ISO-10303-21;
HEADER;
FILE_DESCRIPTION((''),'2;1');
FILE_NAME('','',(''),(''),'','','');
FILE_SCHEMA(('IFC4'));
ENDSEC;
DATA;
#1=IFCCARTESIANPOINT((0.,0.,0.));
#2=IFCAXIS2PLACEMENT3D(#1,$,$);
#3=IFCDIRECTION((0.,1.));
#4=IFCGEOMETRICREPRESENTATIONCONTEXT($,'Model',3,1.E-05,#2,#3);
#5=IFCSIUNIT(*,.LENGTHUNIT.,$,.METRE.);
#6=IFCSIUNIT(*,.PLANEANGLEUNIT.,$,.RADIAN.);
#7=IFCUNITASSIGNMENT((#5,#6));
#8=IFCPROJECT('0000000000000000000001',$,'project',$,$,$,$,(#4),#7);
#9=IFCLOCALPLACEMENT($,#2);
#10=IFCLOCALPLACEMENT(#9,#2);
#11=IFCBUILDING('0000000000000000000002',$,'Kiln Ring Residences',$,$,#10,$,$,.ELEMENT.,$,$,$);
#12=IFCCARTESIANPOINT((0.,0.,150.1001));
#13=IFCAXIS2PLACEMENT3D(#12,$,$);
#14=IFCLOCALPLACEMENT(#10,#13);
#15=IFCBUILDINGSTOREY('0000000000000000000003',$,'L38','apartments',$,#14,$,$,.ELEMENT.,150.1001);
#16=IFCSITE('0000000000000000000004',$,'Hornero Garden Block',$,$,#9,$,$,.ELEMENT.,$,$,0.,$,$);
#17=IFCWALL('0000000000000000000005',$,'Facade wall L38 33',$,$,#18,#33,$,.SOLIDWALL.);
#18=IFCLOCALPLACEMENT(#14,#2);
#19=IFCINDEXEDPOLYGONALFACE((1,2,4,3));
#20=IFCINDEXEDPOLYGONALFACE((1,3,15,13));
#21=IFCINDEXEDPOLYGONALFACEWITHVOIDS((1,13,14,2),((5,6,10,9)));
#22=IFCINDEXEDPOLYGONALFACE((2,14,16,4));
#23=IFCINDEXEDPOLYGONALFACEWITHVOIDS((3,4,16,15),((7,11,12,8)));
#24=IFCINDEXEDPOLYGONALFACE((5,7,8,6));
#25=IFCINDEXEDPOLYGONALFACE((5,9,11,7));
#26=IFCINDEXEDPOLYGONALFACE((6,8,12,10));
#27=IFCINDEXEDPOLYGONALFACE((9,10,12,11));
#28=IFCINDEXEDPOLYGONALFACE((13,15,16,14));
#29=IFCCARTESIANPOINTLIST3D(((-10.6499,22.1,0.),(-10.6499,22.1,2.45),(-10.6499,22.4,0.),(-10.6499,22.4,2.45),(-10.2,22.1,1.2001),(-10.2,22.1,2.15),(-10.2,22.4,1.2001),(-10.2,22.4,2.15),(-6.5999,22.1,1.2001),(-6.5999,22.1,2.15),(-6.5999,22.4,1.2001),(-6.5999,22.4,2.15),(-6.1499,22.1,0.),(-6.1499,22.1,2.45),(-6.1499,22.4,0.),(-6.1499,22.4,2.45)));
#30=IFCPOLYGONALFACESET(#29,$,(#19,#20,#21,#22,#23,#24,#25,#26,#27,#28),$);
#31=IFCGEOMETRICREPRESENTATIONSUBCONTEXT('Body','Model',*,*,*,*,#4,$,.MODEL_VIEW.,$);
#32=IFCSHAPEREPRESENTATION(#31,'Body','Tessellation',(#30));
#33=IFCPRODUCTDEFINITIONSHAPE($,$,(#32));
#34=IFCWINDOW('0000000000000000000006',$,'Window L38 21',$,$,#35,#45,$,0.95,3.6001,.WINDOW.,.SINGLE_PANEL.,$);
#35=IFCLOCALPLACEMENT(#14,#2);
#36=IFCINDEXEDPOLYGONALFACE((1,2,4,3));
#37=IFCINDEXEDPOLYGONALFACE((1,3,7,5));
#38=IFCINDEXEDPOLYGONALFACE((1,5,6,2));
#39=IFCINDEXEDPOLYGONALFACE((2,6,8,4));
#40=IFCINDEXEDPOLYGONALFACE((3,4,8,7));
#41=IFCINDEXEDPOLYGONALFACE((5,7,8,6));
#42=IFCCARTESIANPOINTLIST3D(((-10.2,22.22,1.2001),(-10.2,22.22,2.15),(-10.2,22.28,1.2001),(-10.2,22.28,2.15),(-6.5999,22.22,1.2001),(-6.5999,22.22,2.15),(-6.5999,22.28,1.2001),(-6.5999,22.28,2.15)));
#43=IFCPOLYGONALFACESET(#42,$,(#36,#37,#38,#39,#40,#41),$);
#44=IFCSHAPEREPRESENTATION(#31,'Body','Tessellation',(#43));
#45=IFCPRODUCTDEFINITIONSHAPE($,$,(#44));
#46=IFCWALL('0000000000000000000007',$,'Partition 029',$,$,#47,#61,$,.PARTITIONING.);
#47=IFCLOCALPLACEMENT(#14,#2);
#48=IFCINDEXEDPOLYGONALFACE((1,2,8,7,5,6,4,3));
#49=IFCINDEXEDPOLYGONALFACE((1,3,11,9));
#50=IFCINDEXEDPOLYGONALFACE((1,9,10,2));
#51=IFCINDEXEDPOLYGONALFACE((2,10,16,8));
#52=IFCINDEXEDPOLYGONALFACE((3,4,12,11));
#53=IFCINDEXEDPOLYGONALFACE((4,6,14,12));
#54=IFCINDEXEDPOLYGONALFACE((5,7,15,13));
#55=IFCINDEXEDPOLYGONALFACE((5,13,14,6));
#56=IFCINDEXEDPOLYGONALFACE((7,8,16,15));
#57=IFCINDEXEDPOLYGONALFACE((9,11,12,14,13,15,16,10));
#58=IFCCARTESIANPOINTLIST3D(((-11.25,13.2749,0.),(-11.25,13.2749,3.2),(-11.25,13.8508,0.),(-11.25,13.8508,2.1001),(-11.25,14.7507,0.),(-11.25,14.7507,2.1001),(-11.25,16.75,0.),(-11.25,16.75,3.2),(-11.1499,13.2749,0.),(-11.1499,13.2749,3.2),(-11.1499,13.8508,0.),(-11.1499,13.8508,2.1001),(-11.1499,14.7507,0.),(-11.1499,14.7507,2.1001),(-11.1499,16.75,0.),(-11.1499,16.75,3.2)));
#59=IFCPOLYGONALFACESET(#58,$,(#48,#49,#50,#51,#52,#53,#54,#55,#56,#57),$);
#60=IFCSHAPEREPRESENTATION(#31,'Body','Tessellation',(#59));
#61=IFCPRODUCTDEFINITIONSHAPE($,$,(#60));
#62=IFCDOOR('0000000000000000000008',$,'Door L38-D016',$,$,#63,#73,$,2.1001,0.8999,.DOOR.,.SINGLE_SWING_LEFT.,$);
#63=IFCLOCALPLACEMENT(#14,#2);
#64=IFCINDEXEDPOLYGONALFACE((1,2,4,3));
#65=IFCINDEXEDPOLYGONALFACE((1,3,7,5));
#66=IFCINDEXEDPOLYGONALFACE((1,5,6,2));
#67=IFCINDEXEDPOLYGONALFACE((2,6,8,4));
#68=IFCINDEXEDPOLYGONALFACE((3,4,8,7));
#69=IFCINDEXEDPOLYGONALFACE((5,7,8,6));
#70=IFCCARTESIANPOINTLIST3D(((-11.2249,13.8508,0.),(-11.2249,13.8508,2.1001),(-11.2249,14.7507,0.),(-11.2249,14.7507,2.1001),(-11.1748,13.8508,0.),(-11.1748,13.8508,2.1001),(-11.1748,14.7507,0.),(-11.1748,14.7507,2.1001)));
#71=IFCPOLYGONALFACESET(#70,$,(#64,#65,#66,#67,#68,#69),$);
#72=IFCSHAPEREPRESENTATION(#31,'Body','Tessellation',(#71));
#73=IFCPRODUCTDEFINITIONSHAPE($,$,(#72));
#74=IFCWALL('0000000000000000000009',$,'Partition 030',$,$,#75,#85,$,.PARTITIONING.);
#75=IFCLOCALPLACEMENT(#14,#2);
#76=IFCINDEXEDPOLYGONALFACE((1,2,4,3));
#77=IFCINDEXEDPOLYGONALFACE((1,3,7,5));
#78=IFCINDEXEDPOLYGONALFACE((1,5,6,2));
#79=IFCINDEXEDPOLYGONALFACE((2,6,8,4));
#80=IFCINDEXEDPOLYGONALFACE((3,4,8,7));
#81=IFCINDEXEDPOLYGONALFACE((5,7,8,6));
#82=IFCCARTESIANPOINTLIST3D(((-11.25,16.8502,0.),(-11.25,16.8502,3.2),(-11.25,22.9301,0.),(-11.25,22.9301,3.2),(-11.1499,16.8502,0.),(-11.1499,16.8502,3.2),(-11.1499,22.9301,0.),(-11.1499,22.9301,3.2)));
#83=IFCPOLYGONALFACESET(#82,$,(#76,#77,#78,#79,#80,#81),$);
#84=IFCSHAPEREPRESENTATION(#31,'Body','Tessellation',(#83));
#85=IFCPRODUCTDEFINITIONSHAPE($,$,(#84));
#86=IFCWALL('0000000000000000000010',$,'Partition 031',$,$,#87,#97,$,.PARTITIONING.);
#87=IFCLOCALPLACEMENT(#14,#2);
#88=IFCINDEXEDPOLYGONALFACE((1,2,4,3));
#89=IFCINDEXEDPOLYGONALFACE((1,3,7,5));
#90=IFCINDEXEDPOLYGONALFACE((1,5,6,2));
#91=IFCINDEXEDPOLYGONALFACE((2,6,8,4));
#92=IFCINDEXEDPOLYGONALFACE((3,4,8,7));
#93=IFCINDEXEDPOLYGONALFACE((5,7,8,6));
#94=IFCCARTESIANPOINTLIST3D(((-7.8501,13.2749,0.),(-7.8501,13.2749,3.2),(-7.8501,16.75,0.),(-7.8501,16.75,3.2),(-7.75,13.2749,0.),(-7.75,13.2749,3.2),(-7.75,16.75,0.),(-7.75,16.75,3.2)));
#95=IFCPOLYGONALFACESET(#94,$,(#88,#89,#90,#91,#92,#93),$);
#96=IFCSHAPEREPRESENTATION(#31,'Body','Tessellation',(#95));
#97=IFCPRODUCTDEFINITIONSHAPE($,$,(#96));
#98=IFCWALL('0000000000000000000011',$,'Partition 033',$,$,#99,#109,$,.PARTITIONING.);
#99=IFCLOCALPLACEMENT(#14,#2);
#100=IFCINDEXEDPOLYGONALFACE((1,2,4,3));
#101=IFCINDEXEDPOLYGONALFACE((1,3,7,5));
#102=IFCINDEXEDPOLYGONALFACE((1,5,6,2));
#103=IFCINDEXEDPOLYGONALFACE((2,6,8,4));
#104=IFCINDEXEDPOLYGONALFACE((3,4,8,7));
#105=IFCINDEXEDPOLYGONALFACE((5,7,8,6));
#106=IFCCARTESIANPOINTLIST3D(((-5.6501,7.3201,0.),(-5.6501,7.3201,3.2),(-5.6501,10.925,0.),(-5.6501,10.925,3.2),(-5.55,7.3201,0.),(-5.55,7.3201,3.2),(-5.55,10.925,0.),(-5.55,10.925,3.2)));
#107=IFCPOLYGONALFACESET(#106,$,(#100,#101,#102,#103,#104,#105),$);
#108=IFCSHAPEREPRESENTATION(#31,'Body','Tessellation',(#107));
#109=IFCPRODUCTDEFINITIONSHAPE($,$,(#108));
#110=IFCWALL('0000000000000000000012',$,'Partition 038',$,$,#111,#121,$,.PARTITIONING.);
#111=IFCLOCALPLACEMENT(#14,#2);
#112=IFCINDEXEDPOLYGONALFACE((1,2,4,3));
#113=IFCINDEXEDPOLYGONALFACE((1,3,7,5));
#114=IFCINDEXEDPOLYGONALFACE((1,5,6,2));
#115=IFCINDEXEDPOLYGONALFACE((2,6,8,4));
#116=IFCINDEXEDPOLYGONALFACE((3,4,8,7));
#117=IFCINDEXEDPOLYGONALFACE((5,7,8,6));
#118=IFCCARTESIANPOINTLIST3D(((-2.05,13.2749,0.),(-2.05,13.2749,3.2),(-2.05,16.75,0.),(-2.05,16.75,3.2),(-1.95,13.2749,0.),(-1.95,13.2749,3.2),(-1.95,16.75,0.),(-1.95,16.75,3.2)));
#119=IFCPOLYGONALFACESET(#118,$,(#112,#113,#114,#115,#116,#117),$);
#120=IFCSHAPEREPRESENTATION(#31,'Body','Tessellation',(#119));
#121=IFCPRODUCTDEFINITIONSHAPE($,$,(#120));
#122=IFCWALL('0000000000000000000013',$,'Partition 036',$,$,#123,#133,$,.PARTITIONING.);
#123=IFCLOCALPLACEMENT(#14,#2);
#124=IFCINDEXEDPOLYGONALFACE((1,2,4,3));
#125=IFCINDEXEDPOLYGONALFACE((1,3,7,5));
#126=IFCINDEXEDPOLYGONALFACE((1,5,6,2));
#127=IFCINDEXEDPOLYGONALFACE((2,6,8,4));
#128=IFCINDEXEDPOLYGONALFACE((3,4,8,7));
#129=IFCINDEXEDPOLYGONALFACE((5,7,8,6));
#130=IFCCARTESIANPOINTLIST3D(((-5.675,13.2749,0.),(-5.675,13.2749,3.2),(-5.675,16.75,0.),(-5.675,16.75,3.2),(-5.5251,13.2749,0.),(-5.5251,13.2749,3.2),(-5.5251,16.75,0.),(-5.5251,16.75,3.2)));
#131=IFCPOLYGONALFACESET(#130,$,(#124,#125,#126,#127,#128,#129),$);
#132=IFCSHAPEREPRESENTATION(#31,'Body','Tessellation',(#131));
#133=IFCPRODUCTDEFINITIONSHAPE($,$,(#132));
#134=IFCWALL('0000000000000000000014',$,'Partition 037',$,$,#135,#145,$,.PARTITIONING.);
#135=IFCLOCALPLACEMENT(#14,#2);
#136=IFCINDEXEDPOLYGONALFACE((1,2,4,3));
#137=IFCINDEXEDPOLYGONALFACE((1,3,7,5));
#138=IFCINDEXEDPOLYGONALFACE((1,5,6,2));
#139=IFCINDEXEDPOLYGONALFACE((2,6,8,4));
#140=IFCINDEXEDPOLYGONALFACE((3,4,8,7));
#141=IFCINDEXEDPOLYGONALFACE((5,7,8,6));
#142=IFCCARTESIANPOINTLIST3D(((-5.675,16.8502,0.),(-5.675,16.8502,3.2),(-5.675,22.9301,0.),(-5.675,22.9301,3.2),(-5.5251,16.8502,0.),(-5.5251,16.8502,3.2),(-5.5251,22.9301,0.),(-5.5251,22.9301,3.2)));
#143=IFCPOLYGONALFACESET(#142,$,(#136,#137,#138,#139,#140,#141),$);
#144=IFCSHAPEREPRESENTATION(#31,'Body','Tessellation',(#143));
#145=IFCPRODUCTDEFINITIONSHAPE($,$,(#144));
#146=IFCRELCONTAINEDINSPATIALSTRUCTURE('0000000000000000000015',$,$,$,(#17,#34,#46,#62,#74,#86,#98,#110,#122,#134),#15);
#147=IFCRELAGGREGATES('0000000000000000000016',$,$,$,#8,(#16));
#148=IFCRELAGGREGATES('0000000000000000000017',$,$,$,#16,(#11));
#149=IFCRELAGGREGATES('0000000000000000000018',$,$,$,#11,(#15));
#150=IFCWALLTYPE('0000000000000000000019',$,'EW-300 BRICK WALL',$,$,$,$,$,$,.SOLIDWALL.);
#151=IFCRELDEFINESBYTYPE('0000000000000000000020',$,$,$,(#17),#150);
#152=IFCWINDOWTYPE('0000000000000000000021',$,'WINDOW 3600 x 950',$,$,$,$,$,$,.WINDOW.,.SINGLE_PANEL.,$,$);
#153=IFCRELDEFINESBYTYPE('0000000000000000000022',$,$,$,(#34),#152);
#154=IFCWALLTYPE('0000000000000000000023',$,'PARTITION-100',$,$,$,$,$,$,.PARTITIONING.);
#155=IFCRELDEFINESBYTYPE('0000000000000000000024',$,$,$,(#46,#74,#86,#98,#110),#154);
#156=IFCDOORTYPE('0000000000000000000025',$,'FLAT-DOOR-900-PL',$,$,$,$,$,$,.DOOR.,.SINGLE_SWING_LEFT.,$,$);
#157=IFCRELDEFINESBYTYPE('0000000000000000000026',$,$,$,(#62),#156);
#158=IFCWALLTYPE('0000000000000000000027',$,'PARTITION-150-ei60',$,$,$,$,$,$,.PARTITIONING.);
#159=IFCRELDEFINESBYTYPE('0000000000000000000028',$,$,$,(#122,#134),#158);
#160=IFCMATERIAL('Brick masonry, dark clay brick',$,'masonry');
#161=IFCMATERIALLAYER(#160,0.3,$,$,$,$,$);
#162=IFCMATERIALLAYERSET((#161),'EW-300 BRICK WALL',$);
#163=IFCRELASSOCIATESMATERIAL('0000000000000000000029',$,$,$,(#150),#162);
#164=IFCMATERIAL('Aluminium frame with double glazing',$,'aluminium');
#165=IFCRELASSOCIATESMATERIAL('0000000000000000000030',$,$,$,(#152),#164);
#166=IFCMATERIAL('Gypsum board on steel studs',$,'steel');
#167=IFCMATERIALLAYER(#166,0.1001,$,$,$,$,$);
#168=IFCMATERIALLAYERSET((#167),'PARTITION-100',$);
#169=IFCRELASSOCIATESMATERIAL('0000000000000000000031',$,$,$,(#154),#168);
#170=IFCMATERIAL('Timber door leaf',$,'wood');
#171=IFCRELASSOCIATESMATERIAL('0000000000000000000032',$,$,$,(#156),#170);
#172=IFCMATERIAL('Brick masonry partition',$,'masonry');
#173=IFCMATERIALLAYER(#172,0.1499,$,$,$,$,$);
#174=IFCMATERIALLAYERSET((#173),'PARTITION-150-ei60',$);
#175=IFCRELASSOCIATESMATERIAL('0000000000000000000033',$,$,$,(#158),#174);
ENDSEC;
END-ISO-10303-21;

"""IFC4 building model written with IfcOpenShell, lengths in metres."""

from ifc_helpers import new_model, si_unit, direction, frame, frame_2d, origin, place, context, subcontext, project, spatial, rectangle, extrude, material, layer, layer_set, type_object, element, fill, save


model = new_model("IFC4")

# Units and contexts
model_context = context("Model", 3, precision=1e-05, world=origin(), true_north=direction((0.0, 1.0)))
body_context = subcontext(model_context, "Body", "Model", "MODEL_VIEW")
ifc_project = project(units=[si_unit("LENGTHUNIT", "METRE"), si_unit("PLANEANGLEUNIT", "RADIAN")], contexts=[model_context])

# Site, building, storey
site_placement = place(None, origin())
site = spatial("IfcSite", under=ifc_project, at=site_placement, Name="Hornero Garden Block", CompositionType="ELEMENT", RefElevation=0.0)
building_placement = place(site_placement, origin())
building = spatial("IfcBuilding", under=site, at=building_placement, Name="Kiln Ring Residences", CompositionType="ELEMENT")
storey_placement = place(building_placement, frame((0.0, 0.0, 150.1001)))
storey = spatial("IfcBuildingStorey", under=building, at=storey_placement, Name="L38", Description="apartments", CompositionType="ELEMENT", Elevation=150.1001)

# Wall, opening, window
ifc_material_1 = material(Name="Brick masonry, dark clay brick", Category="masonry")
ifc_layer_1 = layer(ifc_material_1, 0.3)
ifc_layer_set_1 = layer_set([ifc_layer_1], Name="EW-300 BRICK WALL")
wall_type_1 = type_object("IfcWallType", Name="EW-300 BRICK WALL", PredefinedType="SOLIDWALL", material=ifc_layer_set_1)
ifc_material_2 = material(Name="Aluminium frame with double glazing", Category="aluminium")
window_type = type_object("IfcWindowType", Name="WINDOW 3600 x 950", PartitioningType="SINGLE_PANEL", PredefinedType="WINDOW", material=ifc_material_2)
wall_1_placement = place(storey_placement, frame((-6.1499, 22.25, 0.0), z_axis=(0.0, 0.0, 1.0), x_axis=(-1.0, 0.0, 0.0)))
wall_1 = element("IfcWall", 1, at=wall_1_placement, inside=storey, type_object=wall_type_1, Name="Facade wall L38 33", PredefinedType="SOLIDWALL", context=body_context, shape_type="SweptSolid", body=[
    extrude(rectangle(XDim=4.5, YDim=0.3, at=frame_2d((2.25, 0.0))), origin(), (0.0, 0.0, 1.0), 2.45),
])
opening_1_placement = place(wall_1_placement, frame((0.45, 0.0, 1.2)))
opening_1 = element("IfcOpeningElement", 2, at=opening_1_placement, cuts=wall_1, PredefinedType="OPENING", context=body_context, shape_type="SweptSolid", body=[
    extrude(rectangle(XDim=3.6001, YDim=0.95, at=frame_2d((1.8, 0.4751))), frame((0.0, 0.1599, 0.0), z_axis=(0.0, -1.0, 0.0), x_axis=(1.0, 0.0, 0.0)), (0.0, 0.0, 1.0), 0.3201),
])
window_1_placement = place(opening_1_placement, origin())
window_1 = element("IfcWindow", 3, at=window_1_placement, inside=storey, type_object=window_type, Name="Window L38 21", OverallHeight=0.95, OverallWidth=3.6001, PartitioningType="SINGLE_PANEL", PredefinedType="WINDOW", context=body_context, shape_type="SweptSolid", body=[
    extrude(rectangle(XDim=3.6001, YDim=0.95, at=frame_2d((1.8, 0.4751))), frame((0.0, 0.03, 0.0), z_axis=(0.0, -1.0, 0.0), x_axis=(1.0, 0.0, 0.0)), (0.0, 0.0, 1.0), 0.0601),
])
fill(opening_1, window_1)

# Wall, opening, door
ifc_material_3 = material(Name="Gypsum board on steel studs", Category="steel")
ifc_layer_2 = layer(ifc_material_3, 0.1001)
ifc_layer_set_2 = layer_set([ifc_layer_2], Name="PARTITION-100")
wall_type_2 = type_object("IfcWallType", Name="PARTITION-100", PredefinedType="PARTITIONING", material=ifc_layer_set_2)
wall_2_placement = place(storey_placement, frame((-11.2, 13.2749, 0.0), z_axis=(0.0, 0.0, 1.0), x_axis=(0.0, 1.0, 0.0)))
wall_2 = element("IfcWall", 4, at=wall_2_placement, inside=storey, type_object=wall_type_2, Name="Partition 029", PredefinedType="PARTITIONING", context=body_context, shape_type="SweptSolid", body=[
    extrude(rectangle(XDim=3.4751, YDim=0.1001, at=frame_2d((1.7375, 0.0))), origin(), (0.0, 0.0, 1.0), 3.2),
])
opening_2_placement = place(wall_2_placement, frame((0.5759, 0.0, 0.0)))
opening_2 = element("IfcOpeningElement", 5, at=opening_2_placement, cuts=wall_2, PredefinedType="OPENING", context=body_context, shape_type="SweptSolid", body=[
    extrude(rectangle(XDim=0.8999, YDim=2.1001, at=frame_2d((0.45, 1.05))), frame((0.0, 0.0601, 0.0), z_axis=(0.0, -1.0, 0.0), x_axis=(1.0, 0.0, 0.0)), (0.0, 0.0, 1.0), 0.1201),
])
ifc_material_4 = material(Name="Timber door leaf", Category="wood")
door_type = type_object("IfcDoorType", Name="FLAT-DOOR-900-PL", OperationType="SINGLE_SWING_LEFT", PredefinedType="DOOR", material=ifc_material_4)
door_placement = place(opening_2_placement, origin())
door = element("IfcDoor", 6, at=door_placement, inside=storey, type_object=door_type, Name="Door L38-D016", OperationType="SINGLE_SWING_LEFT", OverallHeight=2.1001, OverallWidth=0.8999, PredefinedType="DOOR", context=body_context, shape_type="SweptSolid", body=[
    extrude(rectangle(XDim=0.8999, YDim=2.1001, at=frame_2d((0.45, 1.05))), frame((0.0, 0.0249, 0.0), z_axis=(0.0, -1.0, 0.0), x_axis=(1.0, 0.0, 0.0)), (0.0, 0.0, 1.0), 0.05),
])
fill(opening_2, door)

# Walls
wall_3_placement = place(storey_placement, frame((-11.2, 16.8501, 0.0), z_axis=(0.0, 0.0, 1.0), x_axis=(0.0, 1.0, 0.0)))
element("IfcWall", 7, at=wall_3_placement, inside=storey, type_object=wall_type_2, Name="Partition 030", PredefinedType="PARTITIONING", context=body_context, shape_type="SweptSolid", body=[
    extrude(rectangle(XDim=6.0798, YDim=0.1001, at=frame_2d((3.04, 0.0))), origin(), (0.0, 0.0, 1.0), 3.2),
])
wall_4_placement = place(storey_placement, frame((-7.8, 13.2749, 0.0), z_axis=(0.0, 0.0, 1.0), x_axis=(0.0, 1.0, 0.0)))
element("IfcWall", 8, at=wall_4_placement, inside=storey, type_object=wall_type_2, Name="Partition 031", PredefinedType="PARTITIONING", context=body_context, shape_type="SweptSolid", body=[
    extrude(rectangle(XDim=3.4751, YDim=0.1001, at=frame_2d((1.7375, 0.0))), origin(), (0.0, 0.0, 1.0), 3.2),
])
wall_5_placement = place(storey_placement, frame((-5.6001, 7.3201, 0.0), z_axis=(0.0, 0.0, 1.0), x_axis=(0.0, 1.0, 0.0)))
element("IfcWall", 9, at=wall_5_placement, inside=storey, type_object=wall_type_2, Name="Partition 033", PredefinedType="PARTITIONING", context=body_context, shape_type="SweptSolid", body=[
    extrude(rectangle(XDim=3.605, YDim=0.1001, at=frame_2d((1.8025, 0.0))), origin(), (0.0, 0.0, 1.0), 3.2),
])
wall_6_placement = place(storey_placement, frame((-2.0, 13.2749, 0.0), z_axis=(0.0, 0.0, 1.0), x_axis=(0.0, 1.0, 0.0)))
element("IfcWall", 10, at=wall_6_placement, inside=storey, type_object=wall_type_2, Name="Partition 038", PredefinedType="PARTITIONING", context=body_context, shape_type="SweptSolid", body=[
    extrude(rectangle(XDim=3.4751, YDim=0.1001, at=frame_2d((1.7375, 0.0))), origin(), (0.0, 0.0, 1.0), 3.2),
])
ifc_material_5 = material(Name="Brick masonry partition", Category="masonry")
ifc_layer_3 = layer(ifc_material_5, 0.1499)
ifc_layer_set_3 = layer_set([ifc_layer_3], Name="PARTITION-150-ei60")
wall_type_3 = type_object("IfcWallType", Name="PARTITION-150-ei60", PredefinedType="PARTITIONING", material=ifc_layer_set_3)
wall_7_placement = place(storey_placement, frame((-5.6001, 13.2749, 0.0), z_axis=(0.0, 0.0, 1.0), x_axis=(0.0, 1.0, 0.0)))
element("IfcWall", 11, at=wall_7_placement, inside=storey, type_object=wall_type_3, Name="Partition 036", PredefinedType="PARTITIONING", context=body_context, shape_type="SweptSolid", body=[
    extrude(rectangle(XDim=3.4751, YDim=0.1499, at=frame_2d((1.7375, 0.0))), origin(), (0.0, 0.0, 1.0), 3.2),
])
wall_8_placement = place(storey_placement, frame((-5.6001, 16.8501, 0.0), z_axis=(0.0, 0.0, 1.0), x_axis=(0.0, 1.0, 0.0)))
element("IfcWall", 12, at=wall_8_placement, inside=storey, type_object=wall_type_3, Name="Partition 037", PredefinedType="PARTITIONING", context=body_context, shape_type="SweptSolid", body=[
    extrude(rectangle(XDim=6.0798, YDim=0.1499, at=frame_2d((3.04, 0.0))), origin(), (0.0, 0.0, 1.0), 3.2),
])

save(model, "model.ifc")
